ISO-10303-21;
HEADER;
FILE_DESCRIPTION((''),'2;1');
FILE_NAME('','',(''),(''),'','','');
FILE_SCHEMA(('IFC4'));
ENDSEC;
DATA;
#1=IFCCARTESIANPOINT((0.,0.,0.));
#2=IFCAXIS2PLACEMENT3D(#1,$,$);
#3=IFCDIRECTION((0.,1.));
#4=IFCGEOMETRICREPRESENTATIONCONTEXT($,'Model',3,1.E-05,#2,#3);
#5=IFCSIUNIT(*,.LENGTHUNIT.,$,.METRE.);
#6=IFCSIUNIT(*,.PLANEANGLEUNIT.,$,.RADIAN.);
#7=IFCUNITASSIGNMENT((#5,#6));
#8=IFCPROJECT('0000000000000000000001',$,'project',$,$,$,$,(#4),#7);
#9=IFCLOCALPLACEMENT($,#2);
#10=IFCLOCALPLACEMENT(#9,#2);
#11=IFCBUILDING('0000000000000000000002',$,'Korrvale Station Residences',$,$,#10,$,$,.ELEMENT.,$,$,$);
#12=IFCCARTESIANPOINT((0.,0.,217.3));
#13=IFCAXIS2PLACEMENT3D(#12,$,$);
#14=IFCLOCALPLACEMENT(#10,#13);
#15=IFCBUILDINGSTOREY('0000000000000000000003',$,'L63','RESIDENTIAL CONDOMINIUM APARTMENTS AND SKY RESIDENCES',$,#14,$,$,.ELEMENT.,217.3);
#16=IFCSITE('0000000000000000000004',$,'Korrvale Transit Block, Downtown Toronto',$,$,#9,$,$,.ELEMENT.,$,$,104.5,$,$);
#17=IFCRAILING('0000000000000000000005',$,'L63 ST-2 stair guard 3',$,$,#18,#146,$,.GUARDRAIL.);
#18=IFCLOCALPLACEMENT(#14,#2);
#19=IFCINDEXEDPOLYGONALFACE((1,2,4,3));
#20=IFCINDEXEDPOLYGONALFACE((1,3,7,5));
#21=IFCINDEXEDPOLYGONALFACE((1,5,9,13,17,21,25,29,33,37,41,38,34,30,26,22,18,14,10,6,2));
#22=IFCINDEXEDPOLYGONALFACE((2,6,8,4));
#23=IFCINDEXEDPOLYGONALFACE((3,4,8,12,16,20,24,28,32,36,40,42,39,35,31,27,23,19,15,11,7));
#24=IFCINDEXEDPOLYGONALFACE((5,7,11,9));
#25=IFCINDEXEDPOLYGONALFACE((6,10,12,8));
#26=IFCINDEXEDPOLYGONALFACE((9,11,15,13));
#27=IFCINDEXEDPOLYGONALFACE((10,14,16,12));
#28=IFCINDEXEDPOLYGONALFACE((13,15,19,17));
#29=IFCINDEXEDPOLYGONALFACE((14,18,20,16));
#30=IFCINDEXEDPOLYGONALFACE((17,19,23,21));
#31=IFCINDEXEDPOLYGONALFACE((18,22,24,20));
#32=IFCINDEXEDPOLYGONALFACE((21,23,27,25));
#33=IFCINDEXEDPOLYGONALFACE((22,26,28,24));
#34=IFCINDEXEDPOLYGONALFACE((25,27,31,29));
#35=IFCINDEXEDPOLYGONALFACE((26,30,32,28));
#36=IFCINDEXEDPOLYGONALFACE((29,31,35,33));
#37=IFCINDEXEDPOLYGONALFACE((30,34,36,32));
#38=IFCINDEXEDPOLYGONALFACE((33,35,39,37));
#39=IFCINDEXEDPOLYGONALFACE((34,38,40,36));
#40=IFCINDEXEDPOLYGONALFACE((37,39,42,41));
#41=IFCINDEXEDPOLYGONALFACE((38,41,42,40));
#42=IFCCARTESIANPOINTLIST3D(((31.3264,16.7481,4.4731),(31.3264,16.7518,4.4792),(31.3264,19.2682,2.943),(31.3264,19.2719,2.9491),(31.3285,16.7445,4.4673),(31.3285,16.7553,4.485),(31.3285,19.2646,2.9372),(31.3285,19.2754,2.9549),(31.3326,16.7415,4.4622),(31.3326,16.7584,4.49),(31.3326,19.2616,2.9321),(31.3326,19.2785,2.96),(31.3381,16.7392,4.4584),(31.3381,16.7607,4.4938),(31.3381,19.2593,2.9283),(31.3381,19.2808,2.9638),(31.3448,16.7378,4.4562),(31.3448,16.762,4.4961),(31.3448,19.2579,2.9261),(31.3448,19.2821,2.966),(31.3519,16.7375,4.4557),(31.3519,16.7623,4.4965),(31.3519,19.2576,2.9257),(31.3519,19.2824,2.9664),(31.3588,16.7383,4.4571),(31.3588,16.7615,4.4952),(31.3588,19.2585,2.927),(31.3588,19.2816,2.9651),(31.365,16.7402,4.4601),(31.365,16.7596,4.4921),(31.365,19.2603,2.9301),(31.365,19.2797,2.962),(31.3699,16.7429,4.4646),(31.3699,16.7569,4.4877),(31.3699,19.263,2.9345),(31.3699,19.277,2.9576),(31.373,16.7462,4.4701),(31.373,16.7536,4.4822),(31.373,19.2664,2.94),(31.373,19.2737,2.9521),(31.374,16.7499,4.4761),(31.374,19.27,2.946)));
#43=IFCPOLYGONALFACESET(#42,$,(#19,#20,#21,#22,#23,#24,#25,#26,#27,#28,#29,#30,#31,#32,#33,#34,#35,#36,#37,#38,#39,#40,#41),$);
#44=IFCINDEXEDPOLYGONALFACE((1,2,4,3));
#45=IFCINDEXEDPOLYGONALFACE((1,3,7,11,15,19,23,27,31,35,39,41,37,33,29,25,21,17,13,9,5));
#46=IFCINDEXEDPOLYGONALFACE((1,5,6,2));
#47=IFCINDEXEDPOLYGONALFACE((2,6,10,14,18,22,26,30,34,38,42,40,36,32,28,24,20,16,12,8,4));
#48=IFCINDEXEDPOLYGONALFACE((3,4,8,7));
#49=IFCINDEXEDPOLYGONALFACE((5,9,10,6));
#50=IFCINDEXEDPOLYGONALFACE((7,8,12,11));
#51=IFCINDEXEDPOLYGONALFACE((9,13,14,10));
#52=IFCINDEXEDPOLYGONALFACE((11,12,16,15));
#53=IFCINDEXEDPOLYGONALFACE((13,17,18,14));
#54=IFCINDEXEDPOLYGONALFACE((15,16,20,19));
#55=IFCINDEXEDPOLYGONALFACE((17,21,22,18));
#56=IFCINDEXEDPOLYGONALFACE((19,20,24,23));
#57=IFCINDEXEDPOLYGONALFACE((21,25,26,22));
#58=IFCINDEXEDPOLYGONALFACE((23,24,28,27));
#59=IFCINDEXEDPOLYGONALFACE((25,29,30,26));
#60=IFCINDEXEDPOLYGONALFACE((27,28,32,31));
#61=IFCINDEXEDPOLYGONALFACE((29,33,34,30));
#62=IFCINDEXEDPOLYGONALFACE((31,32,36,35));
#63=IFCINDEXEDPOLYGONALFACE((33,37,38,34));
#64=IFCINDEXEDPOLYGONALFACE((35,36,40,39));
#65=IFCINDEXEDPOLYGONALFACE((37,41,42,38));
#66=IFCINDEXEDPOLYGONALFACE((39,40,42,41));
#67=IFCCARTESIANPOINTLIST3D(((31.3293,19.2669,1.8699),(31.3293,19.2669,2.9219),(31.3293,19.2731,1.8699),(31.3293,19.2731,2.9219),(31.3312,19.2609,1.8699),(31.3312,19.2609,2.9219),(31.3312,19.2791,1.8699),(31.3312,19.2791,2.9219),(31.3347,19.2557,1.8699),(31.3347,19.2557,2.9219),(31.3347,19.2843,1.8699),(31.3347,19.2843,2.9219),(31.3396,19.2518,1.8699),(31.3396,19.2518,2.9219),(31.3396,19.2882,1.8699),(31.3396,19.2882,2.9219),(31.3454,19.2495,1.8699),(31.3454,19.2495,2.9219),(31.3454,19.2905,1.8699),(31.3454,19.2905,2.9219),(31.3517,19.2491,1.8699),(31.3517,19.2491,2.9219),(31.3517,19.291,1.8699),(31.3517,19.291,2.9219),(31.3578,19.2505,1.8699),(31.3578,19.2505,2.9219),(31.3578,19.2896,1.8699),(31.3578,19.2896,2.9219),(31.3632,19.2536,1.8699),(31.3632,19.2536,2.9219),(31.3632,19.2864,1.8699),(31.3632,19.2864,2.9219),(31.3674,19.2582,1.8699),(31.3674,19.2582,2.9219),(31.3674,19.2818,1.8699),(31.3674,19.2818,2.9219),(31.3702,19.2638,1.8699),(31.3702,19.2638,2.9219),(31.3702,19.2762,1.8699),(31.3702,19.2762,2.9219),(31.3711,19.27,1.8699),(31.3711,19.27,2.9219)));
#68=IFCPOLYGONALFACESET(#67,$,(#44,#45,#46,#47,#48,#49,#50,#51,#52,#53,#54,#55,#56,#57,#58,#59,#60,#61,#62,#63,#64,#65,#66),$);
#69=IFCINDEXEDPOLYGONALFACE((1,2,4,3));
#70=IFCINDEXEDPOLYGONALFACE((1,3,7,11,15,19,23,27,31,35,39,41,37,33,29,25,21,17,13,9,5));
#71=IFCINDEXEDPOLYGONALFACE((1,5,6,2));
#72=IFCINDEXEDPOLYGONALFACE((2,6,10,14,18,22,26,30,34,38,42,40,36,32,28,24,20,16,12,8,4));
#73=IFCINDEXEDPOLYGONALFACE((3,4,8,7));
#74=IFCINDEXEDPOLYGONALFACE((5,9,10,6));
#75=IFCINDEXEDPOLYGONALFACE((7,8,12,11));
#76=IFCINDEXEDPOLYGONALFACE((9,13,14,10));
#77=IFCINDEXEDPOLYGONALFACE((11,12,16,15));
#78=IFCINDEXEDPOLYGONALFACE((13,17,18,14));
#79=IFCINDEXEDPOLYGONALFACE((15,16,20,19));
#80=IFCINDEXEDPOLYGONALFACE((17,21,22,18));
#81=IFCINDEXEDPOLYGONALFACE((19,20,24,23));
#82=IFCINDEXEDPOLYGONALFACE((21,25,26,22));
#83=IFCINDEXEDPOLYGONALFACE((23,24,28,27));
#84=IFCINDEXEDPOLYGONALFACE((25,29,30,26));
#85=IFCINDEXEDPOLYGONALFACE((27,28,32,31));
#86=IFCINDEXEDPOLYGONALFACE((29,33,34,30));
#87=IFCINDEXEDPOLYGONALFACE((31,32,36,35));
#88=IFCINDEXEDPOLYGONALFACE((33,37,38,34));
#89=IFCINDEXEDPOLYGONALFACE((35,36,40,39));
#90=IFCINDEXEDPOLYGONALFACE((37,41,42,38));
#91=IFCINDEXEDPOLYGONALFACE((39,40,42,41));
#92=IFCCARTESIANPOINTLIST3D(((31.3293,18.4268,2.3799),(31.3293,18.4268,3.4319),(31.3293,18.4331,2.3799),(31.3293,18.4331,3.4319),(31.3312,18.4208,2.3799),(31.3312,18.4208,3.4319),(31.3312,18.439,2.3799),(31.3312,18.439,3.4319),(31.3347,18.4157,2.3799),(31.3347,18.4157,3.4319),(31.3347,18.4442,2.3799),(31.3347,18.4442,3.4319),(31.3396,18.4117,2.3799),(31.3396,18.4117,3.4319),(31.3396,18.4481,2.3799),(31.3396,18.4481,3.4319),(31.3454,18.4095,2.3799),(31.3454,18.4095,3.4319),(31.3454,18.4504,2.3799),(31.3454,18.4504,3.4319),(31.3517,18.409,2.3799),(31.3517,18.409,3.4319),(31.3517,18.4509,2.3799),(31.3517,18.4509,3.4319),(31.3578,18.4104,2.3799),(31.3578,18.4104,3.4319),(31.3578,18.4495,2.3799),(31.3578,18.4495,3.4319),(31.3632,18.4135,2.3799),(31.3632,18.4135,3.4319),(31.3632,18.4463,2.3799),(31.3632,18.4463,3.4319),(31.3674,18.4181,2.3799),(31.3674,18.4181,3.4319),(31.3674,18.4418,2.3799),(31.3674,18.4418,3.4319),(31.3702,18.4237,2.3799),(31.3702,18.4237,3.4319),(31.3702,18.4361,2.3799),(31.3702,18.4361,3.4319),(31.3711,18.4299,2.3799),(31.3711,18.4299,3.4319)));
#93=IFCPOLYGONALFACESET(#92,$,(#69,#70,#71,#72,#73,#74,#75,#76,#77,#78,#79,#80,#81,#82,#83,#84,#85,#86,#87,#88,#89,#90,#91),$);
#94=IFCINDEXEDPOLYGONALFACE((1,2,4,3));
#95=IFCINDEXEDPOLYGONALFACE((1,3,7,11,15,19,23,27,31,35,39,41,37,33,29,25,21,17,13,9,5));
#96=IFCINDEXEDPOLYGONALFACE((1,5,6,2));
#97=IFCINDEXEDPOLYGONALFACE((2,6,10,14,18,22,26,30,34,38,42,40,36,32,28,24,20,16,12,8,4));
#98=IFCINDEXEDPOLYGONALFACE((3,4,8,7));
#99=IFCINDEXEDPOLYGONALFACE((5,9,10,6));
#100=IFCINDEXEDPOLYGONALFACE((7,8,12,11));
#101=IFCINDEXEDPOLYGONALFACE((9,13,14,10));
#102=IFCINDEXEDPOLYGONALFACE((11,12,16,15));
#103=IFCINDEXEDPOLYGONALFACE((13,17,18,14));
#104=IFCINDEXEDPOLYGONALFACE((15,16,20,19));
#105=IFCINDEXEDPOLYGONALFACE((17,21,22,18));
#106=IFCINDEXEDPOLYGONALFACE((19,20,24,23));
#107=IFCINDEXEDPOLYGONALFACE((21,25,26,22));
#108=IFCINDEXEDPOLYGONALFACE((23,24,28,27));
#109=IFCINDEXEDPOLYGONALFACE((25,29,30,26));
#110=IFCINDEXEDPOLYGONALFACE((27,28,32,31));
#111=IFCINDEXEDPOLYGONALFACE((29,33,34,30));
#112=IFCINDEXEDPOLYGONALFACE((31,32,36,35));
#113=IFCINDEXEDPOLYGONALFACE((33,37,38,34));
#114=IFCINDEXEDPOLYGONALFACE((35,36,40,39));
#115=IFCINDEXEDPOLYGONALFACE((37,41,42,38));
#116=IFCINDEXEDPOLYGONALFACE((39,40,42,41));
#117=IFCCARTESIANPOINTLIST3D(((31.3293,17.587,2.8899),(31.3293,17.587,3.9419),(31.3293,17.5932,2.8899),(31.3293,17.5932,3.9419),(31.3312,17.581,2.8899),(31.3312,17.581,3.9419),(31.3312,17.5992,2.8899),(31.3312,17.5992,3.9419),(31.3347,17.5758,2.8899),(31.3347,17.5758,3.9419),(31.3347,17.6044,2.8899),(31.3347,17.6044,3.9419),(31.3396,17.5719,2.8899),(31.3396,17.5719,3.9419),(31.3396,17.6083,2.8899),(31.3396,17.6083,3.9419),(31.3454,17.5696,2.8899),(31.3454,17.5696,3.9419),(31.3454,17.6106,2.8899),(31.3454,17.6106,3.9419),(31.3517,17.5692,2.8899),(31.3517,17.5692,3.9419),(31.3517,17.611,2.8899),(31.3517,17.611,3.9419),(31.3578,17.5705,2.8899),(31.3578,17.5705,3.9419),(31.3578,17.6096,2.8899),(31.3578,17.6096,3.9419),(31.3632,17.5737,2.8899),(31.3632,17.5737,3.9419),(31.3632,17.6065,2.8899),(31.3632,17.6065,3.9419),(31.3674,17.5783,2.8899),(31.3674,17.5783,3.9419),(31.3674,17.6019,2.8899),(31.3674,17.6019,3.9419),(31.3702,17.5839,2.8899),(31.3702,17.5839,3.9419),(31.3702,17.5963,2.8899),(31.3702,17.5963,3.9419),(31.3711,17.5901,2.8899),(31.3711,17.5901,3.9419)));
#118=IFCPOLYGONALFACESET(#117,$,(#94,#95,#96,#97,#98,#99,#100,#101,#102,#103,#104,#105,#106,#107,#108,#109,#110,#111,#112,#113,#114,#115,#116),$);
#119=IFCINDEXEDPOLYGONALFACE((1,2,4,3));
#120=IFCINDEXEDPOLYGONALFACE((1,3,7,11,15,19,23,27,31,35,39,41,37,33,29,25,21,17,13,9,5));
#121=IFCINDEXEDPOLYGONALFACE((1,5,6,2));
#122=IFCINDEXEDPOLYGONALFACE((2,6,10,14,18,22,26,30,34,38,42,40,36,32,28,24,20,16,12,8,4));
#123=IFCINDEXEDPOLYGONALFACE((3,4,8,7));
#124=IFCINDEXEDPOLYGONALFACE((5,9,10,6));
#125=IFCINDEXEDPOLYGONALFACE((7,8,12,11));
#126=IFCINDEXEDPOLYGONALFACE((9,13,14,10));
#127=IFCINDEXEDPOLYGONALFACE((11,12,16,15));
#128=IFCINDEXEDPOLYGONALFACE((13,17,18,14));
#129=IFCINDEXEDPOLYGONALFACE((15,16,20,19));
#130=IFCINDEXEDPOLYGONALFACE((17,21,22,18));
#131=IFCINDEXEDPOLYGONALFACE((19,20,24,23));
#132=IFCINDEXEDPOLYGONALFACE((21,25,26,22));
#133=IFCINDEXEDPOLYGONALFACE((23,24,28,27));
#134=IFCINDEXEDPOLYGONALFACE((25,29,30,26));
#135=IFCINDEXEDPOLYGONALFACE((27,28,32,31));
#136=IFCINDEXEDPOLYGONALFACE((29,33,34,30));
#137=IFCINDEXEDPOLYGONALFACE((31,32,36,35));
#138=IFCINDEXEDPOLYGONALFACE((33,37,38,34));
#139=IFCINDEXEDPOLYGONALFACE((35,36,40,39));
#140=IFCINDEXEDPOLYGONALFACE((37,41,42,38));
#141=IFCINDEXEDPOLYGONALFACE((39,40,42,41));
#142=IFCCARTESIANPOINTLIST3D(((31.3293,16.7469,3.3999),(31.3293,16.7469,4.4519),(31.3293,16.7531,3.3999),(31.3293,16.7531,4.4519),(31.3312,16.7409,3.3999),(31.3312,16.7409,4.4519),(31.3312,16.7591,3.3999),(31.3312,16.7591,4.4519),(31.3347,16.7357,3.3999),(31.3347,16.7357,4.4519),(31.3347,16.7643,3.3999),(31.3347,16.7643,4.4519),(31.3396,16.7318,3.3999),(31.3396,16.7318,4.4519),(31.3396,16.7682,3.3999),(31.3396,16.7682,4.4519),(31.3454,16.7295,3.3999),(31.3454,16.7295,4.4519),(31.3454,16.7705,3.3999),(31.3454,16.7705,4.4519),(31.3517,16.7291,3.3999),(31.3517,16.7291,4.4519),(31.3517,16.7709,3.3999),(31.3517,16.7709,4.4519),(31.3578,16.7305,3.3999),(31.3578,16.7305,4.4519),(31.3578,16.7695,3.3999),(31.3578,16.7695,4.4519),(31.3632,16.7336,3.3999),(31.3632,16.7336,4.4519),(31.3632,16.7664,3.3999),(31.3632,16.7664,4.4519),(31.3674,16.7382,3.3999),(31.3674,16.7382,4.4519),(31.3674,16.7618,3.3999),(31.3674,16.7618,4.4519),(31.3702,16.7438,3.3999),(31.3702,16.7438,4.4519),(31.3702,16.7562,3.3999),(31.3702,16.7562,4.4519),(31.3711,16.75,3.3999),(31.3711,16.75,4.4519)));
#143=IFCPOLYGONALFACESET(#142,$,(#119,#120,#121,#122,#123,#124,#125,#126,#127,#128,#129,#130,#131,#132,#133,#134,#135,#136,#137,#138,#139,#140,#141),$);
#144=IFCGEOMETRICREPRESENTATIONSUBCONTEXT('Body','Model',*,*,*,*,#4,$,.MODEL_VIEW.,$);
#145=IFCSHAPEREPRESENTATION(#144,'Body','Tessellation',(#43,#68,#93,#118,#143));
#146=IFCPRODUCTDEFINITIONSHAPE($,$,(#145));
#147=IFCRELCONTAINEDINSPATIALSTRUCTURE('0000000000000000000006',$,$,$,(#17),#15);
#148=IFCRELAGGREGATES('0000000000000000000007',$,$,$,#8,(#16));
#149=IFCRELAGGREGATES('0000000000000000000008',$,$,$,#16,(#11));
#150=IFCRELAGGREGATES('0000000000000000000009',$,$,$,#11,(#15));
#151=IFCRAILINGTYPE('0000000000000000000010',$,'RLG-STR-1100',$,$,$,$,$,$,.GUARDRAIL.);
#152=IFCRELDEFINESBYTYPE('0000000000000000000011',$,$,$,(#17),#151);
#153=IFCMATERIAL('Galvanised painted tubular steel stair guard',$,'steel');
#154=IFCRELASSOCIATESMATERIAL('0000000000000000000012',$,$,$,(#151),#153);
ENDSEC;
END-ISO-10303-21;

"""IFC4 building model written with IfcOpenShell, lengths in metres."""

from ifc_helpers import new_model, si_unit, direction, frame, origin, origin_2d, place, context, subcontext, project, spatial, circle, extrude, material, type_object, element, save


model = new_model("IFC4")

# Units and contexts
model_context = context("Model", 3, precision=1e-05, world=origin(), true_north=direction((0.0, 1.0)))
body_context = subcontext(model_context, "Body", "Model", "MODEL_VIEW")
ifc_project = project(units=[si_unit("LENGTHUNIT", "METRE"), si_unit("PLANEANGLEUNIT", "RADIAN")], contexts=[model_context])

# Site, building, storey
site_placement = place(None, origin())
site = spatial("IfcSite", under=ifc_project, at=site_placement, Name="Korrvale Transit Block, Downtown Toronto", CompositionType="ELEMENT", RefElevation=104.5)
building_placement = place(site_placement, origin())
building = spatial("IfcBuilding", under=site, at=building_placement, Name="Korrvale Station Residences", CompositionType="ELEMENT")
storey_placement = place(building_placement, frame((0.0, 0.0, 217.3)))
storey = spatial("IfcBuildingStorey", under=building, at=storey_placement, Name="L63", Description="RESIDENTIAL CONDOMINIUM APARTMENTS AND SKY RESIDENCES", CompositionType="ELEMENT", Elevation=217.3)

# Railing
ifc_material_1 = material(Name="Galvanised painted tubular steel stair guard", Category="steel")
railing_type_1 = type_object("IfcRailingType", Name="RLG-STR-1100", PredefinedType="GUARDRAIL", material=ifc_material_1)
railing_1_placement = place(storey_placement, frame((31.3501, 19.27, 1.8699)))
element("IfcRailing", 1, at=railing_1_placement, inside=storey, type_object=railing_type_1, Name="L63 ST-2 stair guard 3", PredefinedType="GUARDRAIL", context=body_context, shape_type="SweptSolid", body=[
    extrude(circle(Radius=0.0239, at=origin_2d()), frame((0.0, 0.0, 1.0762), z_axis=(0.0, -0.854785, 0.518982), x_axis=(1.0, 0.0, 0.0)), (0.0, 0.0, 1.0), 2.9482),
    extrude(circle(Radius=0.021, at=origin_2d()), origin(), (0.0, 0.0, 1.0), 1.052),
    extrude(circle(Radius=0.021, at=origin_2d()), frame((0.0, -0.8401, 0.51)), (0.0, 0.0, 1.0), 1.052),
    extrude(circle(Radius=0.021, at=origin_2d()), frame((0.0, -1.6799, 1.02)), (0.0, 0.0, 1.0), 1.052),
    extrude(circle(Radius=0.021, at=origin_2d()), frame((0.0, -2.52, 1.53)), (0.0, 0.0, 1.0), 1.052),
])

save(model, "model.ifc")
